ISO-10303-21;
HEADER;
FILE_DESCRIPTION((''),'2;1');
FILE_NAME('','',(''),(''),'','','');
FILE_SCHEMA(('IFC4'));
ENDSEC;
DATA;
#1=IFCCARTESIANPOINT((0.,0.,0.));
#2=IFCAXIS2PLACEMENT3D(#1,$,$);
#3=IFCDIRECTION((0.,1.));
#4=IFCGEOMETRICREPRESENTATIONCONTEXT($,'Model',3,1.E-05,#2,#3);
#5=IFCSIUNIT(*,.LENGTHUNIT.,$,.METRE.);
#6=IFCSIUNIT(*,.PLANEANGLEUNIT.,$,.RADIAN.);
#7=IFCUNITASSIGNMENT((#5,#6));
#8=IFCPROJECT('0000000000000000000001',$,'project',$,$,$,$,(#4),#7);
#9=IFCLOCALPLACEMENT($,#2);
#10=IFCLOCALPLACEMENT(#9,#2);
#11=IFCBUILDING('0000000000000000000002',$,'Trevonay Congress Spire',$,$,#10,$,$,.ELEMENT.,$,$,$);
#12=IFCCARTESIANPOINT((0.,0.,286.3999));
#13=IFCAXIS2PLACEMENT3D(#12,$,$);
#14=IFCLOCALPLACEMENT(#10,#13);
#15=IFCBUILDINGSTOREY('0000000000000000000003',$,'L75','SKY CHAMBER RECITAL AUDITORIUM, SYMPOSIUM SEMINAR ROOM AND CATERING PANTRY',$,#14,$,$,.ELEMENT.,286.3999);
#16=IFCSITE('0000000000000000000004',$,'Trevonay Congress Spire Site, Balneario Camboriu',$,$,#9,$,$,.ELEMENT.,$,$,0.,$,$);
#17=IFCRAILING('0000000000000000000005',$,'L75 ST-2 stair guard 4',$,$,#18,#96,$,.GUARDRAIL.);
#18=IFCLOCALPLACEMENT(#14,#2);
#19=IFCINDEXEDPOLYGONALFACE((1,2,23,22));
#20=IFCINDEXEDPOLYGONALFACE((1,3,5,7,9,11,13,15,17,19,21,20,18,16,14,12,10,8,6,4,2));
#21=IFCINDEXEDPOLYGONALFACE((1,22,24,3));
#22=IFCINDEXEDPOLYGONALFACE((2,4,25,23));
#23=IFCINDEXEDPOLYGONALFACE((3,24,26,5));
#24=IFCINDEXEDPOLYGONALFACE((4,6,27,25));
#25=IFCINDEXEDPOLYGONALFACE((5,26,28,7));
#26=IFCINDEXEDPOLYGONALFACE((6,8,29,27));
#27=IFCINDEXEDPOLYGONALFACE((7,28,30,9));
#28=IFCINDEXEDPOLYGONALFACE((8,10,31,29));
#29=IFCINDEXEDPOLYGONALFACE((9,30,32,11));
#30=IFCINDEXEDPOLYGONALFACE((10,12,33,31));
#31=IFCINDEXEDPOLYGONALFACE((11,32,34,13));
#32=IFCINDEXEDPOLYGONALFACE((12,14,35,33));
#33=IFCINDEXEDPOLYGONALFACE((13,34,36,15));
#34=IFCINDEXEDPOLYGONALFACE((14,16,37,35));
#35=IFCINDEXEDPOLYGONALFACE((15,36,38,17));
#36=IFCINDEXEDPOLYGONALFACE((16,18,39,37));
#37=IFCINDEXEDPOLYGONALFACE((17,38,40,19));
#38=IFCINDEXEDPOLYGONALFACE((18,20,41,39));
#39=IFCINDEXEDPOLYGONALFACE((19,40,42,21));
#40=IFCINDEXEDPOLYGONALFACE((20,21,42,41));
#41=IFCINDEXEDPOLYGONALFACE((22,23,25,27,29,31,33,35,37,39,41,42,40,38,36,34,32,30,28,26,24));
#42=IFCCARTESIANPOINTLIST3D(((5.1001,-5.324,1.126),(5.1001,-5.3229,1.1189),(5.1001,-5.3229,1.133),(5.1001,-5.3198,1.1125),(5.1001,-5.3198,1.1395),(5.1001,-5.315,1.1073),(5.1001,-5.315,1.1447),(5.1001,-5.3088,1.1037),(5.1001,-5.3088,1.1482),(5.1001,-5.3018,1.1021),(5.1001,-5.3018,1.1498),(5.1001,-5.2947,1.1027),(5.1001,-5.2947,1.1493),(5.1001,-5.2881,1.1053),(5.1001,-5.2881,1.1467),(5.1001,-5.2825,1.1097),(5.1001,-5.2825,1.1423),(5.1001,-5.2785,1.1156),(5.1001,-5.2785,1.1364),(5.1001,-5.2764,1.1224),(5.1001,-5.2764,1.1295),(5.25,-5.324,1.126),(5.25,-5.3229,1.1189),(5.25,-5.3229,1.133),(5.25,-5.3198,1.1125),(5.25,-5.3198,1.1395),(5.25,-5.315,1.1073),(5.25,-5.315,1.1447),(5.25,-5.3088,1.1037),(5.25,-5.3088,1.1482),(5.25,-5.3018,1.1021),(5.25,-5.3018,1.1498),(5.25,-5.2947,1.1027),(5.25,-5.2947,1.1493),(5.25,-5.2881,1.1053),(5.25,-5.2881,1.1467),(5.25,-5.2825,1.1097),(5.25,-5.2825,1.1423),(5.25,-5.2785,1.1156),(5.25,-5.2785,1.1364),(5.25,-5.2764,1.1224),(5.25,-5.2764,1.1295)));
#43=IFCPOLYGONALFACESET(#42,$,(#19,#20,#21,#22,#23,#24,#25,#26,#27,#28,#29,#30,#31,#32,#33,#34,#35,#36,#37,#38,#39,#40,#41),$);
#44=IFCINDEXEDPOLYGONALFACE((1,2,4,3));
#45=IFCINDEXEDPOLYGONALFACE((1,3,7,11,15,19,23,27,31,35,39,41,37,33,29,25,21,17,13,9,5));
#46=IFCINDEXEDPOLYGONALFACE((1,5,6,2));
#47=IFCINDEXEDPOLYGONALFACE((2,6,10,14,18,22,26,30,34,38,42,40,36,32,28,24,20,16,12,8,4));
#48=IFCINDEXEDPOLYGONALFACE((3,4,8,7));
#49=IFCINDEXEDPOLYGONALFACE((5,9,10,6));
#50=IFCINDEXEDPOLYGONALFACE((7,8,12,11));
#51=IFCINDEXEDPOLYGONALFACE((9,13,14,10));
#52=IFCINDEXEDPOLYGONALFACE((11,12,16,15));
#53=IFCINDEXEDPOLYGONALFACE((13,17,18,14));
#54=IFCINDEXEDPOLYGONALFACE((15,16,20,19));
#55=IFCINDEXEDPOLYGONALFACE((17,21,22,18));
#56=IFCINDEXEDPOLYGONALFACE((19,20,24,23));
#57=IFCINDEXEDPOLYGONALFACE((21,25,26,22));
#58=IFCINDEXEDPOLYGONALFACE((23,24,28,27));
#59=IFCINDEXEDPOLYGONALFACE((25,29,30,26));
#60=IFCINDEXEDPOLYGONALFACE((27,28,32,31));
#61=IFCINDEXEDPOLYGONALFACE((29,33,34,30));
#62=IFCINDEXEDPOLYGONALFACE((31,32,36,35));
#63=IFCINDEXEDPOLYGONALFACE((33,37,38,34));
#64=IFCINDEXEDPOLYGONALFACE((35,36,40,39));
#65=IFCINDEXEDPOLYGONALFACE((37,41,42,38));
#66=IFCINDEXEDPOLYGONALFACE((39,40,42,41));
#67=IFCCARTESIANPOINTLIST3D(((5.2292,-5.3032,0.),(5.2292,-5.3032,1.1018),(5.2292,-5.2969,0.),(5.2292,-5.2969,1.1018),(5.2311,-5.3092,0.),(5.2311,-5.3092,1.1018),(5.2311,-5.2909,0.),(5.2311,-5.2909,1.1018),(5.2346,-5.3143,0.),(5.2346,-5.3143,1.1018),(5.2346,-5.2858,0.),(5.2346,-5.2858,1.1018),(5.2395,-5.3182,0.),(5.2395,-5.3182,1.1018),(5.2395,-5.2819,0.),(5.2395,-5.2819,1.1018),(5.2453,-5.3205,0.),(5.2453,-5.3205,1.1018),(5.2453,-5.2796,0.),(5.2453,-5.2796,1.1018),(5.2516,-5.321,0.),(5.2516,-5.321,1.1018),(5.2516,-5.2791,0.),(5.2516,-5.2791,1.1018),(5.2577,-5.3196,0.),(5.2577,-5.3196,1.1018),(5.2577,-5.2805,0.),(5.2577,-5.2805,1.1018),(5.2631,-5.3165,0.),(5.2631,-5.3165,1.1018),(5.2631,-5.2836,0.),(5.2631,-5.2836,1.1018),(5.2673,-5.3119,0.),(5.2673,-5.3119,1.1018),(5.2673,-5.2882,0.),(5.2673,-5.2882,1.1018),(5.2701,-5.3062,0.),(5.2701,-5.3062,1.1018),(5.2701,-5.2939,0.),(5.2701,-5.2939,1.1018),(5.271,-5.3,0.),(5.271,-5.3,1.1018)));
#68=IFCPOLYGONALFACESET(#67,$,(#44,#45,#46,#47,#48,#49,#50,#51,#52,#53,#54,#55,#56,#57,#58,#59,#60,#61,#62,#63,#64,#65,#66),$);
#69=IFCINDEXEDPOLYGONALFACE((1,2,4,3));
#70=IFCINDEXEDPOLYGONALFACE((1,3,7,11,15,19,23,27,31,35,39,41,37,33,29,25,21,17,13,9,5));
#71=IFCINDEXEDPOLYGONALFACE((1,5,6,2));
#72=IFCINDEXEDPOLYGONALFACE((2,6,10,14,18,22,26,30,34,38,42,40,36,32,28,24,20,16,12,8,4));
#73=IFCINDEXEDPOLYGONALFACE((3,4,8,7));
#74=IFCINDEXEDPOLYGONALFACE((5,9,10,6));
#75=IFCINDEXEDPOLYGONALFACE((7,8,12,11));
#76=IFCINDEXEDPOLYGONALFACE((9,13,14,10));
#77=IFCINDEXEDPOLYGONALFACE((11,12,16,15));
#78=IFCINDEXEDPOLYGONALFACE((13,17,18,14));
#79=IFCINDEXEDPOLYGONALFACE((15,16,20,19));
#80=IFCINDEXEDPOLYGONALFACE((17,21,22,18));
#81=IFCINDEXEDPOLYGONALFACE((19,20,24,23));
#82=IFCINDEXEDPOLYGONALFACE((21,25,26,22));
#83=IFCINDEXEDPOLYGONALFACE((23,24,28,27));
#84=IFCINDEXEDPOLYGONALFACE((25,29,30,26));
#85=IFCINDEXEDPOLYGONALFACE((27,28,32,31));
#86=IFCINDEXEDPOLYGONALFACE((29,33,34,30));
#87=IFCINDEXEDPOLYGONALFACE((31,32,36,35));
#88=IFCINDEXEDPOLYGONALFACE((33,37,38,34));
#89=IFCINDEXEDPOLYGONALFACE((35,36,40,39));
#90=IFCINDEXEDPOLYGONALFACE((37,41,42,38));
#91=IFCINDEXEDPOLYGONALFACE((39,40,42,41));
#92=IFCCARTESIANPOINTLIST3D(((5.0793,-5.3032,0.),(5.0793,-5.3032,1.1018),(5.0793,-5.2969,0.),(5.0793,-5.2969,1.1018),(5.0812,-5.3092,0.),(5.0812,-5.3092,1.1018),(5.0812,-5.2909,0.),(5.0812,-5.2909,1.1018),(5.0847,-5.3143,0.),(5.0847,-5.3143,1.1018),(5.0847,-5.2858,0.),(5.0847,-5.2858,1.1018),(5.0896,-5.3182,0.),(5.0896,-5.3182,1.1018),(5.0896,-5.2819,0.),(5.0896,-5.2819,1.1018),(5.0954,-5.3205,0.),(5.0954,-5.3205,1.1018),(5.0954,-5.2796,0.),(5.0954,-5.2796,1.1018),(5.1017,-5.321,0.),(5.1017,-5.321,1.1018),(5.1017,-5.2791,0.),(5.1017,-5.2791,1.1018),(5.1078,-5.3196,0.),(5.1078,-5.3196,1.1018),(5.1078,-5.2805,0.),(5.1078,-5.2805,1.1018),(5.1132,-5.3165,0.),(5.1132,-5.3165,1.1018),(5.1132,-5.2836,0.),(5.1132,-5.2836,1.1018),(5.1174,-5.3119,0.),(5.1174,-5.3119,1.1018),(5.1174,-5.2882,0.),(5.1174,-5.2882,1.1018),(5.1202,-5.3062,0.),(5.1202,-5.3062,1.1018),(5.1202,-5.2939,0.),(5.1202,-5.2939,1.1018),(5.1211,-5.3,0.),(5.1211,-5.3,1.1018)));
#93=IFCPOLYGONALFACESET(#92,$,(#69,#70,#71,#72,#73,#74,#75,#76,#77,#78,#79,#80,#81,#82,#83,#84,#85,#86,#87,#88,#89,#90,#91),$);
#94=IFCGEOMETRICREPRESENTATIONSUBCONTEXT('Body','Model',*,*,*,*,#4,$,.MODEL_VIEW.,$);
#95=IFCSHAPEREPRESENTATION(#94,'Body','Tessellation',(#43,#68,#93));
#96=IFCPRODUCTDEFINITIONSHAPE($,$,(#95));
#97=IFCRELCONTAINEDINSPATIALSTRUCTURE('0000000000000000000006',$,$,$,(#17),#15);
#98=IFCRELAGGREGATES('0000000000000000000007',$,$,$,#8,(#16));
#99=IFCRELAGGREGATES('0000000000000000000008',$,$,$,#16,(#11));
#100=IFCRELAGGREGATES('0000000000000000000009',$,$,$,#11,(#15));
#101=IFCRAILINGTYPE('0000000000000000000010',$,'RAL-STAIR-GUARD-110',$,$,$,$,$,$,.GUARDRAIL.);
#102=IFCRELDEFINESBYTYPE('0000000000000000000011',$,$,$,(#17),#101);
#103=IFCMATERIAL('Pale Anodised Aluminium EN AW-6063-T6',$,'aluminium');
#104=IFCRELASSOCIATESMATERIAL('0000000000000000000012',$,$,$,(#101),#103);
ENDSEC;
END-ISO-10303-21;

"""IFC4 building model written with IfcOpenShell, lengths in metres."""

from ifc_helpers import new_model, si_unit, direction, frame, origin, origin_2d, place, context, subcontext, project, spatial, circle, extrude, material, type_object, element, save


model = new_model("IFC4")

# Units and contexts
model_context = context("Model", 3, precision=1e-05, world=origin(), true_north=direction((0.0, 1.0)))
body_context = subcontext(model_context, "Body", "Model", "MODEL_VIEW")
ifc_project = project(units=[si_unit("LENGTHUNIT", "METRE"), si_unit("PLANEANGLEUNIT", "RADIAN")], contexts=[model_context])

# Site, building, storey
site_placement = place(None, origin())
site = spatial("IfcSite", under=ifc_project, at=site_placement, Name="Trevonay Congress Spire Site, Balneario Camboriu", CompositionType="ELEMENT", RefElevation=0.0)
building_placement = place(site_placement, origin())
building = spatial("IfcBuilding", under=site, at=building_placement, Name="Trevonay Congress Spire", CompositionType="ELEMENT")
storey_placement = place(building_placement, frame((0.0, 0.0, 286.3999)))
storey = spatial("IfcBuildingStorey", under=building, at=storey_placement, Name="L75", Description="SKY CHAMBER RECITAL AUDITORIUM, SYMPOSIUM SEMINAR ROOM AND CATERING PANTRY", CompositionType="ELEMENT", Elevation=286.3999)

# Shared definitions
ifc_material_1 = material(Name="Pale Anodised Aluminium EN AW-6063-T6", Category="aluminium")

# Railing
railing_type_1 = type_object("IfcRailingType", Name="RAL-STAIR-GUARD-110", PredefinedType="GUARDRAIL", material=ifc_material_1)
railing_1_placement = place(storey_placement, frame((5.25, -5.3, 0.0)))
element("IfcRailing", 1, at=railing_1_placement, inside=storey, type_object=railing_type_1, Name="L75 ST-2 stair guard 4", PredefinedType="GUARDRAIL", context=body_context, shape_type="SweptSolid", body=[
    extrude(circle(Radius=0.0239, at=origin_2d()), frame((0.0, 0.0, 1.126), z_axis=(-1.0, 0.0, 0.0), x_axis=(0.0, -1.0, 0.0)), (0.0, 0.0, 1.0), 0.1499),
    extrude(circle(Radius=0.021, at=origin_2d()), origin(), (0.0, 0.0, 1.0), 1.1018),
    extrude(circle(Radius=0.021, at=origin_2d()), frame((-0.1499, 0.0, 0.0)), (0.0, 0.0, 1.0), 1.1018),
])

save(model, "model.ifc")
